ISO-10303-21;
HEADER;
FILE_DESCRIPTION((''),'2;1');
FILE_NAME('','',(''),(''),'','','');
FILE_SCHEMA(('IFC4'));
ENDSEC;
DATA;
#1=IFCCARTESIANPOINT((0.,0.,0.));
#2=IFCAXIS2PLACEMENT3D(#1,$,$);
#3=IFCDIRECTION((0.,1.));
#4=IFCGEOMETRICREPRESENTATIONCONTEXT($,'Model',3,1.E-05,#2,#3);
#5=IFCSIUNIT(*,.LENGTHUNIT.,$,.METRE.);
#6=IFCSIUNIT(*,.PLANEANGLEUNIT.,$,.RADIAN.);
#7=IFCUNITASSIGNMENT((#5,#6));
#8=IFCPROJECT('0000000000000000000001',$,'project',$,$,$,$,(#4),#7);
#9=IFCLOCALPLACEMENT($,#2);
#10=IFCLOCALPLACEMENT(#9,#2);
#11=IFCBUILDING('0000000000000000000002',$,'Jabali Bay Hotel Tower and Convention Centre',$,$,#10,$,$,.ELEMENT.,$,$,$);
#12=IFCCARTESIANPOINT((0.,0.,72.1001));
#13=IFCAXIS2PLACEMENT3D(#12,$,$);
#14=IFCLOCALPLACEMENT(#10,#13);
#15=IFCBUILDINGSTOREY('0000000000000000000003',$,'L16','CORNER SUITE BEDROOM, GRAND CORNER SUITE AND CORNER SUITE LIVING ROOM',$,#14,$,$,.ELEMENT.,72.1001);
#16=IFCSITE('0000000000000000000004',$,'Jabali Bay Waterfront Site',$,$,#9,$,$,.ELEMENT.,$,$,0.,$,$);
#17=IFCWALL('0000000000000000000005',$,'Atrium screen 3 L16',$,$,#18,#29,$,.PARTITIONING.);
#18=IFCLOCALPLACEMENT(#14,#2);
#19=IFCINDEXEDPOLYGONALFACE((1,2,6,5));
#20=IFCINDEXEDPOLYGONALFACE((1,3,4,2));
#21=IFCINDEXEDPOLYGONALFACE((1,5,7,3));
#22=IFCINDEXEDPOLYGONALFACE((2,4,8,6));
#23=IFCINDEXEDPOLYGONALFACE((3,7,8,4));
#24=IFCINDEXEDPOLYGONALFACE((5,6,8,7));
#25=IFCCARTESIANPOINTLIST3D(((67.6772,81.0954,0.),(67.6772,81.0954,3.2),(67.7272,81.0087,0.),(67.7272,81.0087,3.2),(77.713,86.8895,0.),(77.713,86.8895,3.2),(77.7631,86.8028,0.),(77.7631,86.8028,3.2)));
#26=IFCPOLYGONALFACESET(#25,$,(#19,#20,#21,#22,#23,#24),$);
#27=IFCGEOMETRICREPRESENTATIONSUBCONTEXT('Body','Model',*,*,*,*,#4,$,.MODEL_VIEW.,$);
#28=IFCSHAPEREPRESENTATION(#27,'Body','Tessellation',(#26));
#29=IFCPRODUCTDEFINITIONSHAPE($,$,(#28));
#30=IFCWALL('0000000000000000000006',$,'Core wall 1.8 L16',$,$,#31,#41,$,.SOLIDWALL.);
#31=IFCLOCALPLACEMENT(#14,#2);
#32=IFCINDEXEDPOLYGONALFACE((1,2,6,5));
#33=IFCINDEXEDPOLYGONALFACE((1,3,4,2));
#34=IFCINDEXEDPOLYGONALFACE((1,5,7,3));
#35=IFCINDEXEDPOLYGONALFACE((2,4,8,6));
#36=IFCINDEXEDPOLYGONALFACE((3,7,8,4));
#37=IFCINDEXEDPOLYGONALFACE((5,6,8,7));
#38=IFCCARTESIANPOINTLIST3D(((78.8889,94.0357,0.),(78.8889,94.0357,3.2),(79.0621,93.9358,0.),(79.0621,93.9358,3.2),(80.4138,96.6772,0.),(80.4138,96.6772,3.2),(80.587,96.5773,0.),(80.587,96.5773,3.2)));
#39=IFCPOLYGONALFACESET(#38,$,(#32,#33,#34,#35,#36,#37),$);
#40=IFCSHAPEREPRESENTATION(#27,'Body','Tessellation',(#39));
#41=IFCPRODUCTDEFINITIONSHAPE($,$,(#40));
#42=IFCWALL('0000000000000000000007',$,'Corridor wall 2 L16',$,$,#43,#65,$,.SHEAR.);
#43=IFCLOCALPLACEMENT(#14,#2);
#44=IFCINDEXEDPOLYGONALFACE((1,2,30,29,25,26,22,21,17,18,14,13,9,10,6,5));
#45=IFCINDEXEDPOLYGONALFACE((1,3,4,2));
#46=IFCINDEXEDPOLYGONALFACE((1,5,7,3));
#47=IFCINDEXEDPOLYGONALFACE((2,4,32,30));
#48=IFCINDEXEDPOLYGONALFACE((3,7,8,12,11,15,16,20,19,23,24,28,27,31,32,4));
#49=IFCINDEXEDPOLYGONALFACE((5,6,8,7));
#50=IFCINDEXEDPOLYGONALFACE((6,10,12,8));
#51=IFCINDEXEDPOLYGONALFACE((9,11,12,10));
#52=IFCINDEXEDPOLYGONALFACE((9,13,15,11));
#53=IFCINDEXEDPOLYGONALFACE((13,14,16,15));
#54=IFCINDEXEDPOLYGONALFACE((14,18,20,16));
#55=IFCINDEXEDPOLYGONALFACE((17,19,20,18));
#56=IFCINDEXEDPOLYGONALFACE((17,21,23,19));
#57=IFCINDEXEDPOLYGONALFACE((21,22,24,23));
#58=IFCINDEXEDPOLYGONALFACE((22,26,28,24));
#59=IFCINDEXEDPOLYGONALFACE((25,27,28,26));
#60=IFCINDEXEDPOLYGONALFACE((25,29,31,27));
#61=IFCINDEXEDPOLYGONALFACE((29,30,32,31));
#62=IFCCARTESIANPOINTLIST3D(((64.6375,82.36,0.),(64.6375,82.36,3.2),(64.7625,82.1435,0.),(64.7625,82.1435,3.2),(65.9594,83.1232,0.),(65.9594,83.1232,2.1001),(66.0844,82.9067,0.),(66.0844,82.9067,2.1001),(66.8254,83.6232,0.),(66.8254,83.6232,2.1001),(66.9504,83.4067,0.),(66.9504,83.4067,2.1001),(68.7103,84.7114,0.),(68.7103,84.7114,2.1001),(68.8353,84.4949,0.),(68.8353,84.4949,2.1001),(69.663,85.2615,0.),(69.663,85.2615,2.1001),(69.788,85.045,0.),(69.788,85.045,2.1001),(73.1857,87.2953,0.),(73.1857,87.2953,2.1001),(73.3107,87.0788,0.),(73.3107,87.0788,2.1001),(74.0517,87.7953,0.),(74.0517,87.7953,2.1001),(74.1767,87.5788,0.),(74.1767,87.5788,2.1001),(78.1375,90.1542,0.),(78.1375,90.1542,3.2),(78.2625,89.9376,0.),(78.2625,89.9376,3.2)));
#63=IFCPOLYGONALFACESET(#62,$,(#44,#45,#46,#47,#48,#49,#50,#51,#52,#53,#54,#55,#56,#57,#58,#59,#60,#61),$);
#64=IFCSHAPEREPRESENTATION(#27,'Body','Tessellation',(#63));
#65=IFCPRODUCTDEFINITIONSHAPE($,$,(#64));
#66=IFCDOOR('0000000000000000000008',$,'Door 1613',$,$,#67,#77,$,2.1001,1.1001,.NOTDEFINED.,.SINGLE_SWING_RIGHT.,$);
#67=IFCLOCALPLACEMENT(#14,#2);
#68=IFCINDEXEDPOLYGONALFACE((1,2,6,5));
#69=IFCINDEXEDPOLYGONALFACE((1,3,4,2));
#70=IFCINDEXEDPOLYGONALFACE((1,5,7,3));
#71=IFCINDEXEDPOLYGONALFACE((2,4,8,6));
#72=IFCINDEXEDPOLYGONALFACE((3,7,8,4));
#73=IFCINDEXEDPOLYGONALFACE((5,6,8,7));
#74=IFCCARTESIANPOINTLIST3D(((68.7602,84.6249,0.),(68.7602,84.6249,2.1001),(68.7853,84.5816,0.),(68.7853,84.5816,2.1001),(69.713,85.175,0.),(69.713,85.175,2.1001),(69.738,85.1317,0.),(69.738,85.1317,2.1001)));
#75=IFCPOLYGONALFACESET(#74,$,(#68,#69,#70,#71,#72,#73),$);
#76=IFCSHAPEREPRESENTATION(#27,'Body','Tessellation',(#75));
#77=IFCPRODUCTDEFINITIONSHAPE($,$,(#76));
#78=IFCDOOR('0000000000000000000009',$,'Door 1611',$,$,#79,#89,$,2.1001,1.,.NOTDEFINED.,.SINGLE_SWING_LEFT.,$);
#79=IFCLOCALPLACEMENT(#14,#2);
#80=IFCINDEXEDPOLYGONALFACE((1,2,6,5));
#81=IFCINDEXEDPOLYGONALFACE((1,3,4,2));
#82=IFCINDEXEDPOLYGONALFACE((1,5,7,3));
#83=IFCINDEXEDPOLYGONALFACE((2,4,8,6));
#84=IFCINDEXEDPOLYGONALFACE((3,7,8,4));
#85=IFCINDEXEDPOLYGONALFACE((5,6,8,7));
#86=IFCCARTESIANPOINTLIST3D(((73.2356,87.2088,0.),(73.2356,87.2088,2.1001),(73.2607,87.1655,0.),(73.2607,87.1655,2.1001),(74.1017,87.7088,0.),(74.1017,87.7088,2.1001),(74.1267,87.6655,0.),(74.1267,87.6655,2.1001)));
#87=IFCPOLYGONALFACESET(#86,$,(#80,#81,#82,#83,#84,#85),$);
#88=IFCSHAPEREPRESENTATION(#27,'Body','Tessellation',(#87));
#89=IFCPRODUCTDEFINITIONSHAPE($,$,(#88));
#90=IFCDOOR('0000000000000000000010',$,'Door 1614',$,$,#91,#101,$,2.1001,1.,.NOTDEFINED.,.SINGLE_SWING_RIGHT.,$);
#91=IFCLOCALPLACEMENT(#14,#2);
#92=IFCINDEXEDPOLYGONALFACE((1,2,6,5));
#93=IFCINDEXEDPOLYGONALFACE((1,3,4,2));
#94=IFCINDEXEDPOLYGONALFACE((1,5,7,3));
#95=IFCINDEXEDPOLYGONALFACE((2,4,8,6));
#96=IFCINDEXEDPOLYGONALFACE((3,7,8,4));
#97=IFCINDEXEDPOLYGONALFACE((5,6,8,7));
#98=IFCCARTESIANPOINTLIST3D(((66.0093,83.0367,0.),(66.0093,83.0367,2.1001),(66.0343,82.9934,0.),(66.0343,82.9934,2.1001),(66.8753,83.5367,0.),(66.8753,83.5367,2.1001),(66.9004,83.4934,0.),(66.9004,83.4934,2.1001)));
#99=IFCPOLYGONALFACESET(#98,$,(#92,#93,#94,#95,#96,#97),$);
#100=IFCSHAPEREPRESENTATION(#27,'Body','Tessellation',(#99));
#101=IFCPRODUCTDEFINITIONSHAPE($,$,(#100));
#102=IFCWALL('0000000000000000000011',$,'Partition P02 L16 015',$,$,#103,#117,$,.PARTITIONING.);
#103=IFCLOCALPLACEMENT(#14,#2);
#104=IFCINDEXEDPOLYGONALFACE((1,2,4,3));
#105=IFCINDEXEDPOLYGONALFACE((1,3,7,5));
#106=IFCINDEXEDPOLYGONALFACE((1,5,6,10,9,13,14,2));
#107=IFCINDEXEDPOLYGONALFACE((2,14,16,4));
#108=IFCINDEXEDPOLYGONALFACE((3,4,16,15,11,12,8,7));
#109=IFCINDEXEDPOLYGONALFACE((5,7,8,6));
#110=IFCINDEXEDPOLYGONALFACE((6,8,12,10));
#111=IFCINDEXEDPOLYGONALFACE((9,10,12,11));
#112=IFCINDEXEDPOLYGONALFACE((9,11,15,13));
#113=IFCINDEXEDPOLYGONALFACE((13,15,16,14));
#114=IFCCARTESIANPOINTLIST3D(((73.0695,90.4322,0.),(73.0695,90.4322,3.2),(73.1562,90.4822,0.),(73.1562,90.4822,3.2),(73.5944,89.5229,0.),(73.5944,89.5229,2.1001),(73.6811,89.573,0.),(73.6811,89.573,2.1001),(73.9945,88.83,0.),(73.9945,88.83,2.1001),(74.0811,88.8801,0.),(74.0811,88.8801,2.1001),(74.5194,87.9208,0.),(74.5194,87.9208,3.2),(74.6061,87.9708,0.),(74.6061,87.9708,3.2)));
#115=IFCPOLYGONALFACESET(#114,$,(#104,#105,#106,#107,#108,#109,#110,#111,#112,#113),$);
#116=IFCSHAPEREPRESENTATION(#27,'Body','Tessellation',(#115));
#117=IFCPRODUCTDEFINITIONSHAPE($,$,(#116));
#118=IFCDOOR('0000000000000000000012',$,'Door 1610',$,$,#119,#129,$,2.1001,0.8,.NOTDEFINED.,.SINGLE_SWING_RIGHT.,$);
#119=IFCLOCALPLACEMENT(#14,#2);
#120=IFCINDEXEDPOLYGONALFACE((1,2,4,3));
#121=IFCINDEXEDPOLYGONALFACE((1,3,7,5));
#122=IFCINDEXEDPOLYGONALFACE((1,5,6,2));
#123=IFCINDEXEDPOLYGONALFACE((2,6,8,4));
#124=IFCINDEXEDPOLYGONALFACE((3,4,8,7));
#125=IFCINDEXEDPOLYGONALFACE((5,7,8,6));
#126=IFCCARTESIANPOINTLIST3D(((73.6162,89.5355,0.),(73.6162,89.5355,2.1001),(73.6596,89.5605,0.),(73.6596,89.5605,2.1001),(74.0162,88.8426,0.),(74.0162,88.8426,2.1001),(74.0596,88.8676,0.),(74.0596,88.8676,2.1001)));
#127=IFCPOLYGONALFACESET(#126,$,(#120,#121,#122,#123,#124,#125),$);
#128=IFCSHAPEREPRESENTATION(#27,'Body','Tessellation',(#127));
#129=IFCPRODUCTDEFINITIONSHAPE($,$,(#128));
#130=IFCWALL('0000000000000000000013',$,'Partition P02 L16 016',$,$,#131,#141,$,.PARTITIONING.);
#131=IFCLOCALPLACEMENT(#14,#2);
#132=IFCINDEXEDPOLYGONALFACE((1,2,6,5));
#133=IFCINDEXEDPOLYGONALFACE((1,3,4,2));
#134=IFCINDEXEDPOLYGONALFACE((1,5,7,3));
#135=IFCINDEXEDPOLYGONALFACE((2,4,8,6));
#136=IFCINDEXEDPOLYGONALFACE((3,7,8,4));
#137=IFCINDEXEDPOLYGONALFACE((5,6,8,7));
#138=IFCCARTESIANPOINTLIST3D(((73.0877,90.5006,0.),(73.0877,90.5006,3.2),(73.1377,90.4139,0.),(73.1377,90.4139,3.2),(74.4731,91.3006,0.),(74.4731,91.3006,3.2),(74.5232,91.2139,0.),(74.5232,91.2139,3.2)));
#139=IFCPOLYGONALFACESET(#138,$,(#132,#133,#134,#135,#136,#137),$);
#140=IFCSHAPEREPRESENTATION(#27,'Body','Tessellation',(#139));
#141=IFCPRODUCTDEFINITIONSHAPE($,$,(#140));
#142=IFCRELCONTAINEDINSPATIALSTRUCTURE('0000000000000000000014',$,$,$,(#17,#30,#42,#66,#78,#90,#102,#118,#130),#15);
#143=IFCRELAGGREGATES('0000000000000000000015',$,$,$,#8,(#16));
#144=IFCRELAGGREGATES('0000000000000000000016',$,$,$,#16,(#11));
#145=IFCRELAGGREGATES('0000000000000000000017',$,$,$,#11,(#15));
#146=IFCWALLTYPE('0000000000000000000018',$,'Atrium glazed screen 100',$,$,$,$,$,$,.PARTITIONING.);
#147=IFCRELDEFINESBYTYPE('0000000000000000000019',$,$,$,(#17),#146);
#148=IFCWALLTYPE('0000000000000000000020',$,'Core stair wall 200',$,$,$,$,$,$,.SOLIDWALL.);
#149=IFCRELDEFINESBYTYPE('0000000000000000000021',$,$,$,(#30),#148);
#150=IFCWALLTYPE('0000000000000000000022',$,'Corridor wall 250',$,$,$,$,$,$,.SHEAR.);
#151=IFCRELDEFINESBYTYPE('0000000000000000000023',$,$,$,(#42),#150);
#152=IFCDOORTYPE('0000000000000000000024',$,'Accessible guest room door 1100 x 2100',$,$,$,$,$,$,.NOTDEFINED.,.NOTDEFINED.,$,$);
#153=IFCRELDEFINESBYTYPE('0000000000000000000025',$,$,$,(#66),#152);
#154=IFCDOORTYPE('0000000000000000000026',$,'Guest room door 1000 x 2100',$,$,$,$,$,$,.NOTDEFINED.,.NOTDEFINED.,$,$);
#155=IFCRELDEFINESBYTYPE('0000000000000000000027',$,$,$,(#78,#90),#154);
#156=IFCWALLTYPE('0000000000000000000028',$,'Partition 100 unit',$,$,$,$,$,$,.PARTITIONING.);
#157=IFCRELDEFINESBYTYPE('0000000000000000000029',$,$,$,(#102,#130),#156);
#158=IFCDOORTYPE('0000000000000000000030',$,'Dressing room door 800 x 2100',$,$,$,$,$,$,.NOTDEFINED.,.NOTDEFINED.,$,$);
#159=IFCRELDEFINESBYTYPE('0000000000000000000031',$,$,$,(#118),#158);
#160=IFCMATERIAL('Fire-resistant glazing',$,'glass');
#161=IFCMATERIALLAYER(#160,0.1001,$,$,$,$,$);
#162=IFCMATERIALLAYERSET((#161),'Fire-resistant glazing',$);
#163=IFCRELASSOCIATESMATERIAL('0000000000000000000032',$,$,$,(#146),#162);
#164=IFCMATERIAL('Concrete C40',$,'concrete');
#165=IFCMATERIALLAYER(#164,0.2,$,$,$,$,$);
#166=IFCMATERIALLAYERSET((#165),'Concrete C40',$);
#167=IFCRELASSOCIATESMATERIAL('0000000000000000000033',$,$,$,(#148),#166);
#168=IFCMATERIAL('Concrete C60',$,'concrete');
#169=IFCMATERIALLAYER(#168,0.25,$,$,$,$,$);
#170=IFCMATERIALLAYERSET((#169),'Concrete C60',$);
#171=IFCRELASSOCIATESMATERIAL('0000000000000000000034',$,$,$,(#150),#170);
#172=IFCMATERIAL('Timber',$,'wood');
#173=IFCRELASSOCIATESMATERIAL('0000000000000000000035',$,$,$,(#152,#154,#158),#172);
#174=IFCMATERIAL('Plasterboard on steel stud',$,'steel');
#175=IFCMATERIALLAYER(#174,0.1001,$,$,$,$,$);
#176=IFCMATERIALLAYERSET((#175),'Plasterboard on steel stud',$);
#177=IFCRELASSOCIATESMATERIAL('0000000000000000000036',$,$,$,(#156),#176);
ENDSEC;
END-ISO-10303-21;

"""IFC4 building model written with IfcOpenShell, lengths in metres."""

from ifc_helpers import new_model, si_unit, direction, frame, frame_2d, origin, place, context, subcontext, project, spatial, rectangle, extrude, material, layer, layer_set, type_object, element, fill, save


model = new_model("IFC4")

# Units and contexts
model_context = context("Model", 3, precision=1e-05, world=origin(), true_north=direction((0.0, 1.0)))
body_context = subcontext(model_context, "Body", "Model", "MODEL_VIEW")
ifc_project = project(units=[si_unit("LENGTHUNIT", "METRE"), si_unit("PLANEANGLEUNIT", "RADIAN")], contexts=[model_context])

# Site, building, storey
site_placement = place(None, origin())
site = spatial("IfcSite", under=ifc_project, at=site_placement, Name="Jabali Bay Waterfront Site", CompositionType="ELEMENT", RefElevation=0.0)
building_placement = place(site_placement, origin())
building = spatial("IfcBuilding", under=site, at=building_placement, Name="Jabali Bay Hotel Tower and Convention Centre", CompositionType="ELEMENT")
storey_placement = place(building_placement, frame((0.0, 0.0, 72.1001)))
storey = spatial("IfcBuildingStorey", under=building, at=storey_placement, Name="L16", Description="CORNER SUITE BEDROOM, GRAND CORNER SUITE AND CORNER SUITE LIVING ROOM", CompositionType="ELEMENT", Elevation=72.1001)

# Walls
ifc_material_1 = material(Name="Fire-resistant glazing", Category="glass")
ifc_layer_1 = layer(ifc_material_1, 0.1001)
ifc_layer_set_1 = layer_set([ifc_layer_1], Name="Fire-resistant glazing")
wall_type_1 = type_object("IfcWallType", Name="Atrium glazed screen 100", PredefinedType="PARTITIONING", material=ifc_layer_set_1)
wall_1_placement = place(storey_placement, frame((77.738, 86.8462, 0.0), z_axis=(0.0, 0.0, 1.0), x_axis=(-0.866027, -0.499998, 0.0)))
element("IfcWall", 1, at=wall_1_placement, inside=storey, type_object=wall_type_1, Name="Atrium screen 3 L16", PredefinedType="PARTITIONING", context=body_context, shape_type="SweptSolid", body=[
    extrude(rectangle(XDim=11.5884, YDim=0.1001, at=frame_2d((5.7942, 0.0))), origin(), (0.0, 0.0, 1.0), 3.2),
])
ifc_material_2 = material(Name="Concrete C40", Category="concrete")
ifc_layer_2 = layer(ifc_material_2, 0.2)
ifc_layer_set_2 = layer_set([ifc_layer_2], Name="Concrete C40")
wall_type_2 = type_object("IfcWallType", Name="Core stair wall 200", PredefinedType="SOLIDWALL", material=ifc_layer_set_2)
wall_2_placement = place(storey_placement, frame((78.9756, 93.9858, 0.0), z_axis=(0.0, 0.0, 1.0), x_axis=(0.499944, 0.866058, 0.0)))
element("IfcWall", 2, at=wall_2_placement, inside=storey, type_object=wall_type_2, Name="Core wall 1.8 L16", PredefinedType="SOLIDWALL", context=body_context, shape_type="SweptSolid", body=[
    extrude(rectangle(XDim=3.05, YDim=0.2, at=frame_2d((1.5249, 0.0))), origin(), (0.0, 0.0, 1.0), 3.2),
])

# Wall, openings, doors
ifc_material_3 = material(Name="Concrete C60", Category="concrete")
ifc_layer_3 = layer(ifc_material_3, 0.25)
ifc_layer_set_3 = layer_set([ifc_layer_3], Name="Concrete C60")
wall_type_3 = type_object("IfcWallType", Name="Corridor wall 250", PredefinedType="SHEAR", material=ifc_layer_set_3)
wall_3_placement = place(storey_placement, frame((78.2, 90.0459, 0.0), z_axis=(0.0, 0.0, 1.0), x_axis=(-0.866026, -0.499998, 0.0)))
wall_3 = element("IfcWall", 3, at=wall_3_placement, inside=storey, type_object=wall_type_3, Name="Corridor wall 2 L16", PredefinedType="SHEAR", context=body_context, shape_type="SweptSolid", body=[
    extrude(rectangle(XDim=15.5884, YDim=0.25, at=frame_2d((7.7942, 0.0))), origin(), (0.0, 0.0, 1.0), 3.2),
])
opening_1_placement = place(wall_3_placement, frame((4.7178, 0.0, 0.0)))
opening_1 = element("IfcOpeningElement", 4, at=opening_1_placement, cuts=wall_3, PredefinedType="OPENING", context=body_context, shape_type="SweptSolid", body=[
    extrude(rectangle(XDim=1.0, YDim=2.1001, at=frame_2d((0.5, 1.05))), frame((0.0, 0.1355, 0.0), z_axis=(0.0, -1.0, 0.0), x_axis=(1.0, 0.0, 0.0)), (0.0, 0.0, 1.0), 0.271),
])
opening_2_placement = place(wall_3_placement, frame((9.7854, 0.0, 0.0)))
opening_2 = element("IfcOpeningElement", 5, at=opening_2_placement, cuts=wall_3, PredefinedType="OPENING", context=body_context, shape_type="SweptSolid", body=[
    extrude(rectangle(XDim=1.1001, YDim=2.1001, at=frame_2d((0.55, 1.05))), frame((0.0, 0.1355, 0.0), z_axis=(0.0, -1.0, 0.0), x_axis=(1.0, 0.0, 0.0)), (0.0, 0.0, 1.0), 0.271),
])
opening_3_placement = place(wall_3_placement, frame((13.062, 0.0, 0.0)))
opening_3 = element("IfcOpeningElement", 6, at=opening_3_placement, cuts=wall_3, PredefinedType="OPENING", context=body_context, shape_type="SweptSolid", body=[
    extrude(rectangle(XDim=1.0, YDim=2.1001, at=frame_2d((0.5, 1.05))), frame((0.0, 0.1355, 0.0), z_axis=(0.0, -1.0, 0.0), x_axis=(1.0, 0.0, 0.0)), (0.0, 0.0, 1.0), 0.271),
])
ifc_material_4 = material(Name="Timber", Category="wood")
door_type_1 = type_object("IfcDoorType", Name="Accessible guest room door 1100 x 2100", OperationType="NOTDEFINED", PredefinedType="NOTDEFINED", material=ifc_material_4)
door_1_placement = place(opening_2_placement, origin())
door_1 = element("IfcDoor", 7, at=door_1_placement, inside=storey, type_object=door_type_1, Name="Door 1613", OperationType="SINGLE_SWING_RIGHT", OverallHeight=2.1001, OverallWidth=1.1001, PredefinedType="NOTDEFINED", context=body_context, shape_type="SweptSolid", body=[
    extrude(rectangle(XDim=1.1001, YDim=2.1001, at=frame_2d((0.55, 1.05))), frame((0.0, 0.0249, 0.0), z_axis=(0.0, -1.0, 0.0), x_axis=(1.0, 0.0, 0.0)), (0.0, 0.0, 1.0), 0.05),
])
fill(opening_2, door_1)
door_type_2 = type_object("IfcDoorType", Name="Guest room door 1000 x 2100", OperationType="NOTDEFINED", PredefinedType="NOTDEFINED", material=ifc_material_4)
door_2_placement = place(opening_1_placement, origin())
door_2 = element("IfcDoor", 8, at=door_2_placement, inside=storey, type_object=door_type_2, Name="Door 1611", OperationType="SINGLE_SWING_LEFT", OverallHeight=2.1001, OverallWidth=1.0, PredefinedType="NOTDEFINED", context=body_context, shape_type="SweptSolid", body=[
    extrude(rectangle(XDim=1.0, YDim=2.1001, at=frame_2d((0.5, 1.05))), frame((0.0, 0.0249, 0.0), z_axis=(0.0, -1.0, 0.0), x_axis=(1.0, 0.0, 0.0)), (0.0, 0.0, 1.0), 0.05),
])
fill(opening_1, door_2)
door_3_placement = place(opening_3_placement, origin())
door_3 = element("IfcDoor", 9, at=door_3_placement, inside=storey, type_object=door_type_2, Name="Door 1614", OperationType="SINGLE_SWING_RIGHT", OverallHeight=2.1001, OverallWidth=1.0, PredefinedType="NOTDEFINED", context=body_context, shape_type="SweptSolid", body=[
    extrude(rectangle(XDim=1.0, YDim=2.1001, at=frame_2d((0.5, 1.05))), frame((0.0, 0.0249, 0.0), z_axis=(0.0, -1.0, 0.0), x_axis=(1.0, 0.0, 0.0)), (0.0, 0.0, 1.0), 0.05),
])
fill(opening_3, door_3)

# Wall, opening, door
ifc_material_5 = material(Name="Plasterboard on steel stud", Category="steel")
ifc_layer_4 = layer(ifc_material_5, 0.1001)
ifc_layer_set_4 = layer_set([ifc_layer_4], Name="Plasterboard on steel stud")
wall_type_4 = type_object("IfcWallType", Name="Partition 100 unit", PredefinedType="PARTITIONING", material=ifc_layer_set_4)
wall_4_placement = place(storey_placement, frame((74.5627, 87.9458, 0.0), z_axis=(0.0, 0.0, 1.0), x_axis=(-0.499987, 0.866033, 0.0)))
wall_4 = element("IfcWall", 10, at=wall_4_placement, inside=storey, type_object=wall_type_4, Name="Partition P02 L16 015", PredefinedType="PARTITIONING", context=body_context, shape_type="SweptSolid", body=[
    extrude(rectangle(XDim=2.8999, YDim=0.1001, at=frame_2d((1.45, 0.0))), origin(), (0.0, 0.0, 1.0), 3.2),
])
opening_4_placement = place(wall_4_placement, frame((1.05, 0.0, 0.0)))
opening_4 = element("IfcOpeningElement", 11, at=opening_4_placement, cuts=wall_4, PredefinedType="OPENING", context=body_context, shape_type="SweptSolid", body=[
    extrude(rectangle(XDim=0.8, YDim=2.1001, at=frame_2d((0.3999, 1.05))), frame((0.0, 0.0605, 0.0), z_axis=(0.0, -1.0, 0.0), x_axis=(1.0, 0.0, 0.0)), (0.0, 0.0, 1.0), 0.1211),
])
door_type_3 = type_object("IfcDoorType", Name="Dressing room door 800 x 2100", OperationType="NOTDEFINED", PredefinedType="NOTDEFINED", material=ifc_material_4)
door_4_placement = place(opening_4_placement, origin())
door_4 = element("IfcDoor", 12, at=door_4_placement, inside=storey, type_object=door_type_3, Name="Door 1610", OperationType="SINGLE_SWING_RIGHT", OverallHeight=2.1001, OverallWidth=0.8, PredefinedType="NOTDEFINED", context=body_context, shape_type="SweptSolid", body=[
    extrude(rectangle(XDim=0.8, YDim=2.1001, at=frame_2d((0.3999, 1.05))), frame((0.0, 0.0249, 0.0), z_axis=(0.0, -1.0, 0.0), x_axis=(1.0, 0.0, 0.0)), (0.0, 0.0, 1.0), 0.05),
])
fill(opening_4, door_4)

# Wall
wall_5_placement = place(storey_placement, frame((73.1128, 90.4573, 0.0), z_axis=(0.0, 0.0, 1.0), x_axis=(0.86599, 0.500061, 0.0)))
element("IfcWall", 13, at=wall_5_placement, inside=storey, type_object=wall_type_4, Name="Partition P02 L16 016", PredefinedType="PARTITIONING", context=body_context, shape_type="SweptSolid", body=[
    extrude(rectangle(XDim=1.5999, YDim=0.1001, at=frame_2d((0.7998, 0.0))), origin(), (0.0, 0.0, 1.0), 3.2),
])

save(model, "model.ifc")
